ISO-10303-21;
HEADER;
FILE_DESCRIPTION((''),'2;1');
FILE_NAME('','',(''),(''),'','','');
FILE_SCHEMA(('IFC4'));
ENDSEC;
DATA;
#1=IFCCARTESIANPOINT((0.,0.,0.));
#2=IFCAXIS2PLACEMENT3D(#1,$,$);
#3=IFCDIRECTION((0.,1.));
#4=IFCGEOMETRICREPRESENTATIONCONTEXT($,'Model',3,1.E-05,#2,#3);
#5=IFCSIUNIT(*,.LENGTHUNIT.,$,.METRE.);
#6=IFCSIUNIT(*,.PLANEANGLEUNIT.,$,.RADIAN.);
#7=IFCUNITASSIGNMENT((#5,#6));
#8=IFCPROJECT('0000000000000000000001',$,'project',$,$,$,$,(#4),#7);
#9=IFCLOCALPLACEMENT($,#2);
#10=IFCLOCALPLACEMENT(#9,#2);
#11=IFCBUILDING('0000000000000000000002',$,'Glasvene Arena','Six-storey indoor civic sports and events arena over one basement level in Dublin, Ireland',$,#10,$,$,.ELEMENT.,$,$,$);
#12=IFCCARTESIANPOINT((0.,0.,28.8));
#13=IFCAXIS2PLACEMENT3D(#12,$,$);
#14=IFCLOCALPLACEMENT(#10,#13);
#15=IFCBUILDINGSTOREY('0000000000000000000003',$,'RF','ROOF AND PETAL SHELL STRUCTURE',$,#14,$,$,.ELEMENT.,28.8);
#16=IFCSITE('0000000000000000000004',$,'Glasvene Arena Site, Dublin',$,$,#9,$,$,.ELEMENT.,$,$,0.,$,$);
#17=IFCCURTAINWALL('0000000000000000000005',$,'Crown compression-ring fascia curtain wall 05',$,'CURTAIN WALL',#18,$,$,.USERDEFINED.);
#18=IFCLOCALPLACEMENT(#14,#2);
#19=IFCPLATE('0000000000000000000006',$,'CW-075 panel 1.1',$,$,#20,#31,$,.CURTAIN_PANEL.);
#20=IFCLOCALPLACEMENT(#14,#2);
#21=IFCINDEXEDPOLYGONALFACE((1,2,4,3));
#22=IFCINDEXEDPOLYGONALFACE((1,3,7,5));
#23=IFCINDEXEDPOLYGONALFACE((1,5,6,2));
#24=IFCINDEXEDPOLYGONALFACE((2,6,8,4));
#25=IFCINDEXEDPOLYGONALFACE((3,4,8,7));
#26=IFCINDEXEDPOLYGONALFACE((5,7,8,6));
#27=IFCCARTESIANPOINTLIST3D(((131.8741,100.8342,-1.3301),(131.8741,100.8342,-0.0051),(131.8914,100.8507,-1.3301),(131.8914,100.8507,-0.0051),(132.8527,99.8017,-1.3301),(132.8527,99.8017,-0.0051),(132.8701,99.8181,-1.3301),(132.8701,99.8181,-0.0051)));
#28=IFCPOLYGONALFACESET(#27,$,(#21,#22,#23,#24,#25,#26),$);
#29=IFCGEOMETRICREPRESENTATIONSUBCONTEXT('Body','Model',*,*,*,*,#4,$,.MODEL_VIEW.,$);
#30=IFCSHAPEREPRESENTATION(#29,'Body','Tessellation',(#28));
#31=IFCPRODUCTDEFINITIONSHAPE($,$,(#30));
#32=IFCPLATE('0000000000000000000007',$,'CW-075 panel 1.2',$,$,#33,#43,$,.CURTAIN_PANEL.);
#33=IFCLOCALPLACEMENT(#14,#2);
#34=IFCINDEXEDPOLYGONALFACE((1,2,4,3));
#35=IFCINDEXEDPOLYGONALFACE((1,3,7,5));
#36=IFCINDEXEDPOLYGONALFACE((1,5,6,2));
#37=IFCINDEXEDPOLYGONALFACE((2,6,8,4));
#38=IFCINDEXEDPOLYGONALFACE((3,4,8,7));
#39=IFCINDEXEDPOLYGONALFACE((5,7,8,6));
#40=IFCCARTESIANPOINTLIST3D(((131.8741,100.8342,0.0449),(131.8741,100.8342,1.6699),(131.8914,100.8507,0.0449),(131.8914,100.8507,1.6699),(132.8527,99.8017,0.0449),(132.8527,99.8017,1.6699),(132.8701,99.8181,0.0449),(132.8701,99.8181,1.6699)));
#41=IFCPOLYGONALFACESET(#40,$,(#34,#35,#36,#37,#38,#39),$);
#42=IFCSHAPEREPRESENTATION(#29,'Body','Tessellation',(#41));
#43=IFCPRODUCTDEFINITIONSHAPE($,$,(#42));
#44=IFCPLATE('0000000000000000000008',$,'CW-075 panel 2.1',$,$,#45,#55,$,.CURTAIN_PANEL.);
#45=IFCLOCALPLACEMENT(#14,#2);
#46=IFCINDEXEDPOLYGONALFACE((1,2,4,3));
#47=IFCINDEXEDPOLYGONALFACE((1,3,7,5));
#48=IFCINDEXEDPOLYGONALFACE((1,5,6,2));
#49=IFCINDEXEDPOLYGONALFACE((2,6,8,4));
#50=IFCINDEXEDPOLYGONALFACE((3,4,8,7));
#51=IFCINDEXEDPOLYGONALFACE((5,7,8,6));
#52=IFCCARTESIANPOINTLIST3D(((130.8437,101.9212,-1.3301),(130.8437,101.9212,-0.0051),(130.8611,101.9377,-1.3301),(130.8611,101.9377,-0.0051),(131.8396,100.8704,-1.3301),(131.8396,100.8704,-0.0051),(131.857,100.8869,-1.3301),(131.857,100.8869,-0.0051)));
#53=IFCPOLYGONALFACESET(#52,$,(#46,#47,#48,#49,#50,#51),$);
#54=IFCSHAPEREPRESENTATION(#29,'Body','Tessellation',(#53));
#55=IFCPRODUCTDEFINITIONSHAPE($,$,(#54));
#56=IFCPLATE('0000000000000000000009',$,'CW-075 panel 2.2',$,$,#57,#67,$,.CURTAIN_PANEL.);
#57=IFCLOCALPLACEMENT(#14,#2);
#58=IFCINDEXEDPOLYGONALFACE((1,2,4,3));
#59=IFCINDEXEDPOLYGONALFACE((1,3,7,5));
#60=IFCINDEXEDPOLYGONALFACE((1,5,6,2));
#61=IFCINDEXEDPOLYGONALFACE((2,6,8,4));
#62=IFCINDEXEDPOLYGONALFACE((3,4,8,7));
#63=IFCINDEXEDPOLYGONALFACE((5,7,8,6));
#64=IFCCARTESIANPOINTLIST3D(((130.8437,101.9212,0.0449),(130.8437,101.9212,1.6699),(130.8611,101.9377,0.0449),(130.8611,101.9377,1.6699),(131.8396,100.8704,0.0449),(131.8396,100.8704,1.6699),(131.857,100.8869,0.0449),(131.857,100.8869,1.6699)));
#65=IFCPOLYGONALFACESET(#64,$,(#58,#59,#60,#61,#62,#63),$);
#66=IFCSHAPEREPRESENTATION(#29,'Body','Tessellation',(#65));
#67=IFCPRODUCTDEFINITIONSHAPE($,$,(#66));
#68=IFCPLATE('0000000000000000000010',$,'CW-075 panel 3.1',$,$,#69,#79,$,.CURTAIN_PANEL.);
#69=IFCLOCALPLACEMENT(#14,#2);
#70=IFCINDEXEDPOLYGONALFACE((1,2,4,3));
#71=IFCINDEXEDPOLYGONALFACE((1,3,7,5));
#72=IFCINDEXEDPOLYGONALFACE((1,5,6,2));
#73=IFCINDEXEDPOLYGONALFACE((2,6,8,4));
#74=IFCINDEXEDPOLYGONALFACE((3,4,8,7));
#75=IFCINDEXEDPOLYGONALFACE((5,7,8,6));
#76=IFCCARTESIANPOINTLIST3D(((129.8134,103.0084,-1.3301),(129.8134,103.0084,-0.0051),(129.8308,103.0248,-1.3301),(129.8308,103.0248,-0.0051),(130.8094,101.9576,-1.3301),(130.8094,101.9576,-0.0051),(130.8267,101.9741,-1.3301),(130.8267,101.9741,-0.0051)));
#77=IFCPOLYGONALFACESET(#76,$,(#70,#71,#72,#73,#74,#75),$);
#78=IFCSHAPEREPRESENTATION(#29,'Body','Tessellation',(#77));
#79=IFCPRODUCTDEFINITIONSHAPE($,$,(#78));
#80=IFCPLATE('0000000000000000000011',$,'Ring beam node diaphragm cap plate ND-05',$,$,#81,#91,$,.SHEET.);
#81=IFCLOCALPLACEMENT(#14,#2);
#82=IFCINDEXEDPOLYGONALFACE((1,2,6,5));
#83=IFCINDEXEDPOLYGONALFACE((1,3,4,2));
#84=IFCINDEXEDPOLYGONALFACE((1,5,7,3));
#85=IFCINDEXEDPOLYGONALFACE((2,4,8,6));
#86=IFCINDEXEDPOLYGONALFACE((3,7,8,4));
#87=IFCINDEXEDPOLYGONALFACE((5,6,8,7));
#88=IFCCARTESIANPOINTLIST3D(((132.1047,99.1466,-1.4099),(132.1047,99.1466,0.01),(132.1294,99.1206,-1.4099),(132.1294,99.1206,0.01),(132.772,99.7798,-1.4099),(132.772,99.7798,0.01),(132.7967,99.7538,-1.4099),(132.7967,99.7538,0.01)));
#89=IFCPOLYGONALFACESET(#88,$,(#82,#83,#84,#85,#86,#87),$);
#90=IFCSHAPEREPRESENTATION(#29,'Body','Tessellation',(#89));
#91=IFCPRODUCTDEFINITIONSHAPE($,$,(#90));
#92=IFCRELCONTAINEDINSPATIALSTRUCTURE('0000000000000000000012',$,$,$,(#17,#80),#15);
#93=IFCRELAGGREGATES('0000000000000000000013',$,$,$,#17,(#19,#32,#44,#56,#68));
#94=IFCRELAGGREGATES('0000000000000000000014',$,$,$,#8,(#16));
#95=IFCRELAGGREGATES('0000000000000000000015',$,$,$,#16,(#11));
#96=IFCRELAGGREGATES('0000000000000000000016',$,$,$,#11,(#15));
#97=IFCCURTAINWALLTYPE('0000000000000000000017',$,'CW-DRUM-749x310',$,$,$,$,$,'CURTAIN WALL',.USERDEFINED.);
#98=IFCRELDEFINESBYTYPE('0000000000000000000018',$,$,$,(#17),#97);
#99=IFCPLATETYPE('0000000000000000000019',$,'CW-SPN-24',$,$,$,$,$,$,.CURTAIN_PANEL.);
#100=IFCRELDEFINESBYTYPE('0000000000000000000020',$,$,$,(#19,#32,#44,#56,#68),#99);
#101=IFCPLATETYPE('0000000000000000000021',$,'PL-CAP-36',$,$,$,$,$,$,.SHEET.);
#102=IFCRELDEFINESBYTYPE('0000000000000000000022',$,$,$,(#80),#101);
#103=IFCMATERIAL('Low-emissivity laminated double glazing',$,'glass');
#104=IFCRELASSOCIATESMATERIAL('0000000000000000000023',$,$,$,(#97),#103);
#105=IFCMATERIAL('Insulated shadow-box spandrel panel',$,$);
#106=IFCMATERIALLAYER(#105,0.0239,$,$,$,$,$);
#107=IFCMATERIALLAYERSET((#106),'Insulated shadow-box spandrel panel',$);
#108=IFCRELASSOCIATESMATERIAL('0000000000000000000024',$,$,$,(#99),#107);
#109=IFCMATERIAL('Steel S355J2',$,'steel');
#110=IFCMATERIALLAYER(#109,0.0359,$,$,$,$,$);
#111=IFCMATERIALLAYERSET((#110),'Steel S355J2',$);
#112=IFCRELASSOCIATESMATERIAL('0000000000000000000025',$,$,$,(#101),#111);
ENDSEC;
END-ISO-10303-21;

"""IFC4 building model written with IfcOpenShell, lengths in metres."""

from ifc_helpers import new_model, si_unit, direction, frame, origin, origin_2d, place, context, subcontext, project, spatial, rectangle, extrude, material, layer, layer_set, type_object, element, aggregate, save


model = new_model("IFC4")

# Units and contexts
model_context = context("Model", 3, precision=1e-05, world=origin(), true_north=direction((0.0, 1.0)))
body_context = subcontext(model_context, "Body", "Model", "MODEL_VIEW")
ifc_project = project(units=[si_unit("LENGTHUNIT", "METRE"), si_unit("PLANEANGLEUNIT", "RADIAN")], contexts=[model_context])

# Site, building, storey
site_placement = place(None, origin())
site = spatial("IfcSite", under=ifc_project, at=site_placement, Name="Glasvene Arena Site, Dublin", CompositionType="ELEMENT", RefElevation=0.0)
building_placement = place(site_placement, origin())
building = spatial("IfcBuilding", under=site, at=building_placement, Name="Glasvene Arena", Description="Six-storey indoor civic sports and events arena over one basement level in Dublin, Ireland", CompositionType="ELEMENT")
storey_placement = place(building_placement, frame((0.0, 0.0, 28.8)))
storey = spatial("IfcBuildingStorey", under=building, at=storey_placement, Name="RF", Description="ROOF AND PETAL SHELL STRUCTURE", CompositionType="ELEMENT", Elevation=28.8)

# Shared definitions
ifc_material_1 = material(Name="Steel S355J2", Category="steel")

# Curtain wall
ifc_material_2 = material(Name="Low-emissivity laminated double glazing", Category="glass")
curtain_wall_type_1 = type_object("IfcCurtainWallType", Name="CW-DRUM-749x310", ElementType="CURTAIN WALL", PredefinedType="USERDEFINED", material=ifc_material_2)
curtain_wall_1_placement = place(storey_placement, frame((132.8958, 99.7737, 0.0)))
curtain_wall_1 = element("IfcCurtainWall", 1, at=curtain_wall_1_placement, inside=storey, type_object=curtain_wall_type_1, Name="Crown compression-ring fascia curtain wall 05", ObjectType="CURTAIN WALL", PredefinedType="USERDEFINED")

# Plates
ifc_material_3 = material(Name="Insulated shadow-box spandrel panel")
ifc_layer_1 = layer(ifc_material_3, 0.0239)
ifc_layer_set_1 = layer_set([ifc_layer_1], Name="Insulated shadow-box spandrel panel")
plate_type_1 = type_object("IfcPlateType", Name="CW-SPN-24", PredefinedType="CURTAIN_PANEL", material=ifc_layer_set_1)
plate_1_placement = place(storey_placement, frame((132.3721, 100.3262, -1.3301), z_axis=(0.0, 0.0, 1.0), x_axis=(-0.687925, 0.725782, 0.0)))
plate_1 = element("IfcPlate", 2, at=plate_1_placement, type_object=plate_type_1, Name="CW-075 panel 1.1", PredefinedType="CURTAIN_PANEL", context=body_context, shape_type="SweptSolid", body=[
    extrude(rectangle(XDim=1.4226, YDim=0.0239, at=origin_2d()), origin(), (0.0, 0.0, 1.0), 1.325),
])
plate_2_placement = place(storey_placement, frame((132.3721, 100.3262, 0.0449), z_axis=(0.0, 0.0, 1.0), x_axis=(-0.687925, 0.725782, 0.0)))
plate_2 = element("IfcPlate", 3, at=plate_2_placement, type_object=plate_type_1, Name="CW-075 panel 1.2", PredefinedType="CURTAIN_PANEL", context=body_context, shape_type="SweptSolid", body=[
    extrude(rectangle(XDim=1.4226, YDim=0.0239, at=origin_2d()), origin(), (0.0, 0.0, 1.0), 1.625),
])
plate_3_placement = place(storey_placement, frame((131.3503, 101.4041, -1.3301), z_axis=(0.0, 0.0, 1.0), x_axis=(-0.687925, 0.725782, 0.0)))
plate_3 = element("IfcPlate", 4, at=plate_3_placement, type_object=plate_type_1, Name="CW-075 panel 2.1", PredefinedType="CURTAIN_PANEL", context=body_context, shape_type="SweptSolid", body=[
    extrude(rectangle(XDim=1.4478, YDim=0.0239, at=origin_2d()), origin(), (0.0, 0.0, 1.0), 1.325),
])
plate_4_placement = place(storey_placement, frame((131.3503, 101.4041, 0.0449), z_axis=(0.0, 0.0, 1.0), x_axis=(-0.687925, 0.725782, 0.0)))
plate_4 = element("IfcPlate", 5, at=plate_4_placement, type_object=plate_type_1, Name="CW-075 panel 2.2", PredefinedType="CURTAIN_PANEL", context=body_context, shape_type="SweptSolid", body=[
    extrude(rectangle(XDim=1.4478, YDim=0.0239, at=origin_2d()), origin(), (0.0, 0.0, 1.0), 1.625),
])
plate_5_placement = place(storey_placement, frame((130.3201, 102.4912, -1.3301), z_axis=(0.0, 0.0, 1.0), x_axis=(-0.687925, 0.725782, 0.0)))
plate_5 = element("IfcPlate", 6, at=plate_5_placement, type_object=plate_type_1, Name="CW-075 panel 3.1", PredefinedType="CURTAIN_PANEL", context=body_context, shape_type="SweptSolid", body=[
    extrude(rectangle(XDim=1.4478, YDim=0.0239, at=origin_2d()), origin(), (0.0, 0.0, 1.0), 1.325),
])
aggregate(curtain_wall_1, [plate_1, plate_2, plate_3, plate_4, plate_5])
ifc_layer_2 = layer(ifc_material_1, 0.0359)
ifc_layer_set_2 = layer_set([ifc_layer_2], Name="Steel S355J2")
plate_type_2 = type_object("IfcPlateType", Name="PL-CAP-36", PredefinedType="SHEET", material=ifc_layer_set_2)
plate_6_placement = place(storey_placement, frame((132.4507, 99.4502, -1.4099), z_axis=(0.0, 0.0, 1.0), x_axis=(-0.688355, 0.725374, 0.0)))
element("IfcPlate", 7, at=plate_6_placement, inside=storey, type_object=plate_type_2, Name="Ring beam node diaphragm cap plate ND-05", PredefinedType="SHEET", context=body_context, shape_type="SweptSolid", body=[
    extrude(rectangle(XDim=0.0359, YDim=0.9199, at=origin_2d()), origin(), (0.0, 0.0, 1.0), 1.4199),
])

save(model, "model.ifc")
